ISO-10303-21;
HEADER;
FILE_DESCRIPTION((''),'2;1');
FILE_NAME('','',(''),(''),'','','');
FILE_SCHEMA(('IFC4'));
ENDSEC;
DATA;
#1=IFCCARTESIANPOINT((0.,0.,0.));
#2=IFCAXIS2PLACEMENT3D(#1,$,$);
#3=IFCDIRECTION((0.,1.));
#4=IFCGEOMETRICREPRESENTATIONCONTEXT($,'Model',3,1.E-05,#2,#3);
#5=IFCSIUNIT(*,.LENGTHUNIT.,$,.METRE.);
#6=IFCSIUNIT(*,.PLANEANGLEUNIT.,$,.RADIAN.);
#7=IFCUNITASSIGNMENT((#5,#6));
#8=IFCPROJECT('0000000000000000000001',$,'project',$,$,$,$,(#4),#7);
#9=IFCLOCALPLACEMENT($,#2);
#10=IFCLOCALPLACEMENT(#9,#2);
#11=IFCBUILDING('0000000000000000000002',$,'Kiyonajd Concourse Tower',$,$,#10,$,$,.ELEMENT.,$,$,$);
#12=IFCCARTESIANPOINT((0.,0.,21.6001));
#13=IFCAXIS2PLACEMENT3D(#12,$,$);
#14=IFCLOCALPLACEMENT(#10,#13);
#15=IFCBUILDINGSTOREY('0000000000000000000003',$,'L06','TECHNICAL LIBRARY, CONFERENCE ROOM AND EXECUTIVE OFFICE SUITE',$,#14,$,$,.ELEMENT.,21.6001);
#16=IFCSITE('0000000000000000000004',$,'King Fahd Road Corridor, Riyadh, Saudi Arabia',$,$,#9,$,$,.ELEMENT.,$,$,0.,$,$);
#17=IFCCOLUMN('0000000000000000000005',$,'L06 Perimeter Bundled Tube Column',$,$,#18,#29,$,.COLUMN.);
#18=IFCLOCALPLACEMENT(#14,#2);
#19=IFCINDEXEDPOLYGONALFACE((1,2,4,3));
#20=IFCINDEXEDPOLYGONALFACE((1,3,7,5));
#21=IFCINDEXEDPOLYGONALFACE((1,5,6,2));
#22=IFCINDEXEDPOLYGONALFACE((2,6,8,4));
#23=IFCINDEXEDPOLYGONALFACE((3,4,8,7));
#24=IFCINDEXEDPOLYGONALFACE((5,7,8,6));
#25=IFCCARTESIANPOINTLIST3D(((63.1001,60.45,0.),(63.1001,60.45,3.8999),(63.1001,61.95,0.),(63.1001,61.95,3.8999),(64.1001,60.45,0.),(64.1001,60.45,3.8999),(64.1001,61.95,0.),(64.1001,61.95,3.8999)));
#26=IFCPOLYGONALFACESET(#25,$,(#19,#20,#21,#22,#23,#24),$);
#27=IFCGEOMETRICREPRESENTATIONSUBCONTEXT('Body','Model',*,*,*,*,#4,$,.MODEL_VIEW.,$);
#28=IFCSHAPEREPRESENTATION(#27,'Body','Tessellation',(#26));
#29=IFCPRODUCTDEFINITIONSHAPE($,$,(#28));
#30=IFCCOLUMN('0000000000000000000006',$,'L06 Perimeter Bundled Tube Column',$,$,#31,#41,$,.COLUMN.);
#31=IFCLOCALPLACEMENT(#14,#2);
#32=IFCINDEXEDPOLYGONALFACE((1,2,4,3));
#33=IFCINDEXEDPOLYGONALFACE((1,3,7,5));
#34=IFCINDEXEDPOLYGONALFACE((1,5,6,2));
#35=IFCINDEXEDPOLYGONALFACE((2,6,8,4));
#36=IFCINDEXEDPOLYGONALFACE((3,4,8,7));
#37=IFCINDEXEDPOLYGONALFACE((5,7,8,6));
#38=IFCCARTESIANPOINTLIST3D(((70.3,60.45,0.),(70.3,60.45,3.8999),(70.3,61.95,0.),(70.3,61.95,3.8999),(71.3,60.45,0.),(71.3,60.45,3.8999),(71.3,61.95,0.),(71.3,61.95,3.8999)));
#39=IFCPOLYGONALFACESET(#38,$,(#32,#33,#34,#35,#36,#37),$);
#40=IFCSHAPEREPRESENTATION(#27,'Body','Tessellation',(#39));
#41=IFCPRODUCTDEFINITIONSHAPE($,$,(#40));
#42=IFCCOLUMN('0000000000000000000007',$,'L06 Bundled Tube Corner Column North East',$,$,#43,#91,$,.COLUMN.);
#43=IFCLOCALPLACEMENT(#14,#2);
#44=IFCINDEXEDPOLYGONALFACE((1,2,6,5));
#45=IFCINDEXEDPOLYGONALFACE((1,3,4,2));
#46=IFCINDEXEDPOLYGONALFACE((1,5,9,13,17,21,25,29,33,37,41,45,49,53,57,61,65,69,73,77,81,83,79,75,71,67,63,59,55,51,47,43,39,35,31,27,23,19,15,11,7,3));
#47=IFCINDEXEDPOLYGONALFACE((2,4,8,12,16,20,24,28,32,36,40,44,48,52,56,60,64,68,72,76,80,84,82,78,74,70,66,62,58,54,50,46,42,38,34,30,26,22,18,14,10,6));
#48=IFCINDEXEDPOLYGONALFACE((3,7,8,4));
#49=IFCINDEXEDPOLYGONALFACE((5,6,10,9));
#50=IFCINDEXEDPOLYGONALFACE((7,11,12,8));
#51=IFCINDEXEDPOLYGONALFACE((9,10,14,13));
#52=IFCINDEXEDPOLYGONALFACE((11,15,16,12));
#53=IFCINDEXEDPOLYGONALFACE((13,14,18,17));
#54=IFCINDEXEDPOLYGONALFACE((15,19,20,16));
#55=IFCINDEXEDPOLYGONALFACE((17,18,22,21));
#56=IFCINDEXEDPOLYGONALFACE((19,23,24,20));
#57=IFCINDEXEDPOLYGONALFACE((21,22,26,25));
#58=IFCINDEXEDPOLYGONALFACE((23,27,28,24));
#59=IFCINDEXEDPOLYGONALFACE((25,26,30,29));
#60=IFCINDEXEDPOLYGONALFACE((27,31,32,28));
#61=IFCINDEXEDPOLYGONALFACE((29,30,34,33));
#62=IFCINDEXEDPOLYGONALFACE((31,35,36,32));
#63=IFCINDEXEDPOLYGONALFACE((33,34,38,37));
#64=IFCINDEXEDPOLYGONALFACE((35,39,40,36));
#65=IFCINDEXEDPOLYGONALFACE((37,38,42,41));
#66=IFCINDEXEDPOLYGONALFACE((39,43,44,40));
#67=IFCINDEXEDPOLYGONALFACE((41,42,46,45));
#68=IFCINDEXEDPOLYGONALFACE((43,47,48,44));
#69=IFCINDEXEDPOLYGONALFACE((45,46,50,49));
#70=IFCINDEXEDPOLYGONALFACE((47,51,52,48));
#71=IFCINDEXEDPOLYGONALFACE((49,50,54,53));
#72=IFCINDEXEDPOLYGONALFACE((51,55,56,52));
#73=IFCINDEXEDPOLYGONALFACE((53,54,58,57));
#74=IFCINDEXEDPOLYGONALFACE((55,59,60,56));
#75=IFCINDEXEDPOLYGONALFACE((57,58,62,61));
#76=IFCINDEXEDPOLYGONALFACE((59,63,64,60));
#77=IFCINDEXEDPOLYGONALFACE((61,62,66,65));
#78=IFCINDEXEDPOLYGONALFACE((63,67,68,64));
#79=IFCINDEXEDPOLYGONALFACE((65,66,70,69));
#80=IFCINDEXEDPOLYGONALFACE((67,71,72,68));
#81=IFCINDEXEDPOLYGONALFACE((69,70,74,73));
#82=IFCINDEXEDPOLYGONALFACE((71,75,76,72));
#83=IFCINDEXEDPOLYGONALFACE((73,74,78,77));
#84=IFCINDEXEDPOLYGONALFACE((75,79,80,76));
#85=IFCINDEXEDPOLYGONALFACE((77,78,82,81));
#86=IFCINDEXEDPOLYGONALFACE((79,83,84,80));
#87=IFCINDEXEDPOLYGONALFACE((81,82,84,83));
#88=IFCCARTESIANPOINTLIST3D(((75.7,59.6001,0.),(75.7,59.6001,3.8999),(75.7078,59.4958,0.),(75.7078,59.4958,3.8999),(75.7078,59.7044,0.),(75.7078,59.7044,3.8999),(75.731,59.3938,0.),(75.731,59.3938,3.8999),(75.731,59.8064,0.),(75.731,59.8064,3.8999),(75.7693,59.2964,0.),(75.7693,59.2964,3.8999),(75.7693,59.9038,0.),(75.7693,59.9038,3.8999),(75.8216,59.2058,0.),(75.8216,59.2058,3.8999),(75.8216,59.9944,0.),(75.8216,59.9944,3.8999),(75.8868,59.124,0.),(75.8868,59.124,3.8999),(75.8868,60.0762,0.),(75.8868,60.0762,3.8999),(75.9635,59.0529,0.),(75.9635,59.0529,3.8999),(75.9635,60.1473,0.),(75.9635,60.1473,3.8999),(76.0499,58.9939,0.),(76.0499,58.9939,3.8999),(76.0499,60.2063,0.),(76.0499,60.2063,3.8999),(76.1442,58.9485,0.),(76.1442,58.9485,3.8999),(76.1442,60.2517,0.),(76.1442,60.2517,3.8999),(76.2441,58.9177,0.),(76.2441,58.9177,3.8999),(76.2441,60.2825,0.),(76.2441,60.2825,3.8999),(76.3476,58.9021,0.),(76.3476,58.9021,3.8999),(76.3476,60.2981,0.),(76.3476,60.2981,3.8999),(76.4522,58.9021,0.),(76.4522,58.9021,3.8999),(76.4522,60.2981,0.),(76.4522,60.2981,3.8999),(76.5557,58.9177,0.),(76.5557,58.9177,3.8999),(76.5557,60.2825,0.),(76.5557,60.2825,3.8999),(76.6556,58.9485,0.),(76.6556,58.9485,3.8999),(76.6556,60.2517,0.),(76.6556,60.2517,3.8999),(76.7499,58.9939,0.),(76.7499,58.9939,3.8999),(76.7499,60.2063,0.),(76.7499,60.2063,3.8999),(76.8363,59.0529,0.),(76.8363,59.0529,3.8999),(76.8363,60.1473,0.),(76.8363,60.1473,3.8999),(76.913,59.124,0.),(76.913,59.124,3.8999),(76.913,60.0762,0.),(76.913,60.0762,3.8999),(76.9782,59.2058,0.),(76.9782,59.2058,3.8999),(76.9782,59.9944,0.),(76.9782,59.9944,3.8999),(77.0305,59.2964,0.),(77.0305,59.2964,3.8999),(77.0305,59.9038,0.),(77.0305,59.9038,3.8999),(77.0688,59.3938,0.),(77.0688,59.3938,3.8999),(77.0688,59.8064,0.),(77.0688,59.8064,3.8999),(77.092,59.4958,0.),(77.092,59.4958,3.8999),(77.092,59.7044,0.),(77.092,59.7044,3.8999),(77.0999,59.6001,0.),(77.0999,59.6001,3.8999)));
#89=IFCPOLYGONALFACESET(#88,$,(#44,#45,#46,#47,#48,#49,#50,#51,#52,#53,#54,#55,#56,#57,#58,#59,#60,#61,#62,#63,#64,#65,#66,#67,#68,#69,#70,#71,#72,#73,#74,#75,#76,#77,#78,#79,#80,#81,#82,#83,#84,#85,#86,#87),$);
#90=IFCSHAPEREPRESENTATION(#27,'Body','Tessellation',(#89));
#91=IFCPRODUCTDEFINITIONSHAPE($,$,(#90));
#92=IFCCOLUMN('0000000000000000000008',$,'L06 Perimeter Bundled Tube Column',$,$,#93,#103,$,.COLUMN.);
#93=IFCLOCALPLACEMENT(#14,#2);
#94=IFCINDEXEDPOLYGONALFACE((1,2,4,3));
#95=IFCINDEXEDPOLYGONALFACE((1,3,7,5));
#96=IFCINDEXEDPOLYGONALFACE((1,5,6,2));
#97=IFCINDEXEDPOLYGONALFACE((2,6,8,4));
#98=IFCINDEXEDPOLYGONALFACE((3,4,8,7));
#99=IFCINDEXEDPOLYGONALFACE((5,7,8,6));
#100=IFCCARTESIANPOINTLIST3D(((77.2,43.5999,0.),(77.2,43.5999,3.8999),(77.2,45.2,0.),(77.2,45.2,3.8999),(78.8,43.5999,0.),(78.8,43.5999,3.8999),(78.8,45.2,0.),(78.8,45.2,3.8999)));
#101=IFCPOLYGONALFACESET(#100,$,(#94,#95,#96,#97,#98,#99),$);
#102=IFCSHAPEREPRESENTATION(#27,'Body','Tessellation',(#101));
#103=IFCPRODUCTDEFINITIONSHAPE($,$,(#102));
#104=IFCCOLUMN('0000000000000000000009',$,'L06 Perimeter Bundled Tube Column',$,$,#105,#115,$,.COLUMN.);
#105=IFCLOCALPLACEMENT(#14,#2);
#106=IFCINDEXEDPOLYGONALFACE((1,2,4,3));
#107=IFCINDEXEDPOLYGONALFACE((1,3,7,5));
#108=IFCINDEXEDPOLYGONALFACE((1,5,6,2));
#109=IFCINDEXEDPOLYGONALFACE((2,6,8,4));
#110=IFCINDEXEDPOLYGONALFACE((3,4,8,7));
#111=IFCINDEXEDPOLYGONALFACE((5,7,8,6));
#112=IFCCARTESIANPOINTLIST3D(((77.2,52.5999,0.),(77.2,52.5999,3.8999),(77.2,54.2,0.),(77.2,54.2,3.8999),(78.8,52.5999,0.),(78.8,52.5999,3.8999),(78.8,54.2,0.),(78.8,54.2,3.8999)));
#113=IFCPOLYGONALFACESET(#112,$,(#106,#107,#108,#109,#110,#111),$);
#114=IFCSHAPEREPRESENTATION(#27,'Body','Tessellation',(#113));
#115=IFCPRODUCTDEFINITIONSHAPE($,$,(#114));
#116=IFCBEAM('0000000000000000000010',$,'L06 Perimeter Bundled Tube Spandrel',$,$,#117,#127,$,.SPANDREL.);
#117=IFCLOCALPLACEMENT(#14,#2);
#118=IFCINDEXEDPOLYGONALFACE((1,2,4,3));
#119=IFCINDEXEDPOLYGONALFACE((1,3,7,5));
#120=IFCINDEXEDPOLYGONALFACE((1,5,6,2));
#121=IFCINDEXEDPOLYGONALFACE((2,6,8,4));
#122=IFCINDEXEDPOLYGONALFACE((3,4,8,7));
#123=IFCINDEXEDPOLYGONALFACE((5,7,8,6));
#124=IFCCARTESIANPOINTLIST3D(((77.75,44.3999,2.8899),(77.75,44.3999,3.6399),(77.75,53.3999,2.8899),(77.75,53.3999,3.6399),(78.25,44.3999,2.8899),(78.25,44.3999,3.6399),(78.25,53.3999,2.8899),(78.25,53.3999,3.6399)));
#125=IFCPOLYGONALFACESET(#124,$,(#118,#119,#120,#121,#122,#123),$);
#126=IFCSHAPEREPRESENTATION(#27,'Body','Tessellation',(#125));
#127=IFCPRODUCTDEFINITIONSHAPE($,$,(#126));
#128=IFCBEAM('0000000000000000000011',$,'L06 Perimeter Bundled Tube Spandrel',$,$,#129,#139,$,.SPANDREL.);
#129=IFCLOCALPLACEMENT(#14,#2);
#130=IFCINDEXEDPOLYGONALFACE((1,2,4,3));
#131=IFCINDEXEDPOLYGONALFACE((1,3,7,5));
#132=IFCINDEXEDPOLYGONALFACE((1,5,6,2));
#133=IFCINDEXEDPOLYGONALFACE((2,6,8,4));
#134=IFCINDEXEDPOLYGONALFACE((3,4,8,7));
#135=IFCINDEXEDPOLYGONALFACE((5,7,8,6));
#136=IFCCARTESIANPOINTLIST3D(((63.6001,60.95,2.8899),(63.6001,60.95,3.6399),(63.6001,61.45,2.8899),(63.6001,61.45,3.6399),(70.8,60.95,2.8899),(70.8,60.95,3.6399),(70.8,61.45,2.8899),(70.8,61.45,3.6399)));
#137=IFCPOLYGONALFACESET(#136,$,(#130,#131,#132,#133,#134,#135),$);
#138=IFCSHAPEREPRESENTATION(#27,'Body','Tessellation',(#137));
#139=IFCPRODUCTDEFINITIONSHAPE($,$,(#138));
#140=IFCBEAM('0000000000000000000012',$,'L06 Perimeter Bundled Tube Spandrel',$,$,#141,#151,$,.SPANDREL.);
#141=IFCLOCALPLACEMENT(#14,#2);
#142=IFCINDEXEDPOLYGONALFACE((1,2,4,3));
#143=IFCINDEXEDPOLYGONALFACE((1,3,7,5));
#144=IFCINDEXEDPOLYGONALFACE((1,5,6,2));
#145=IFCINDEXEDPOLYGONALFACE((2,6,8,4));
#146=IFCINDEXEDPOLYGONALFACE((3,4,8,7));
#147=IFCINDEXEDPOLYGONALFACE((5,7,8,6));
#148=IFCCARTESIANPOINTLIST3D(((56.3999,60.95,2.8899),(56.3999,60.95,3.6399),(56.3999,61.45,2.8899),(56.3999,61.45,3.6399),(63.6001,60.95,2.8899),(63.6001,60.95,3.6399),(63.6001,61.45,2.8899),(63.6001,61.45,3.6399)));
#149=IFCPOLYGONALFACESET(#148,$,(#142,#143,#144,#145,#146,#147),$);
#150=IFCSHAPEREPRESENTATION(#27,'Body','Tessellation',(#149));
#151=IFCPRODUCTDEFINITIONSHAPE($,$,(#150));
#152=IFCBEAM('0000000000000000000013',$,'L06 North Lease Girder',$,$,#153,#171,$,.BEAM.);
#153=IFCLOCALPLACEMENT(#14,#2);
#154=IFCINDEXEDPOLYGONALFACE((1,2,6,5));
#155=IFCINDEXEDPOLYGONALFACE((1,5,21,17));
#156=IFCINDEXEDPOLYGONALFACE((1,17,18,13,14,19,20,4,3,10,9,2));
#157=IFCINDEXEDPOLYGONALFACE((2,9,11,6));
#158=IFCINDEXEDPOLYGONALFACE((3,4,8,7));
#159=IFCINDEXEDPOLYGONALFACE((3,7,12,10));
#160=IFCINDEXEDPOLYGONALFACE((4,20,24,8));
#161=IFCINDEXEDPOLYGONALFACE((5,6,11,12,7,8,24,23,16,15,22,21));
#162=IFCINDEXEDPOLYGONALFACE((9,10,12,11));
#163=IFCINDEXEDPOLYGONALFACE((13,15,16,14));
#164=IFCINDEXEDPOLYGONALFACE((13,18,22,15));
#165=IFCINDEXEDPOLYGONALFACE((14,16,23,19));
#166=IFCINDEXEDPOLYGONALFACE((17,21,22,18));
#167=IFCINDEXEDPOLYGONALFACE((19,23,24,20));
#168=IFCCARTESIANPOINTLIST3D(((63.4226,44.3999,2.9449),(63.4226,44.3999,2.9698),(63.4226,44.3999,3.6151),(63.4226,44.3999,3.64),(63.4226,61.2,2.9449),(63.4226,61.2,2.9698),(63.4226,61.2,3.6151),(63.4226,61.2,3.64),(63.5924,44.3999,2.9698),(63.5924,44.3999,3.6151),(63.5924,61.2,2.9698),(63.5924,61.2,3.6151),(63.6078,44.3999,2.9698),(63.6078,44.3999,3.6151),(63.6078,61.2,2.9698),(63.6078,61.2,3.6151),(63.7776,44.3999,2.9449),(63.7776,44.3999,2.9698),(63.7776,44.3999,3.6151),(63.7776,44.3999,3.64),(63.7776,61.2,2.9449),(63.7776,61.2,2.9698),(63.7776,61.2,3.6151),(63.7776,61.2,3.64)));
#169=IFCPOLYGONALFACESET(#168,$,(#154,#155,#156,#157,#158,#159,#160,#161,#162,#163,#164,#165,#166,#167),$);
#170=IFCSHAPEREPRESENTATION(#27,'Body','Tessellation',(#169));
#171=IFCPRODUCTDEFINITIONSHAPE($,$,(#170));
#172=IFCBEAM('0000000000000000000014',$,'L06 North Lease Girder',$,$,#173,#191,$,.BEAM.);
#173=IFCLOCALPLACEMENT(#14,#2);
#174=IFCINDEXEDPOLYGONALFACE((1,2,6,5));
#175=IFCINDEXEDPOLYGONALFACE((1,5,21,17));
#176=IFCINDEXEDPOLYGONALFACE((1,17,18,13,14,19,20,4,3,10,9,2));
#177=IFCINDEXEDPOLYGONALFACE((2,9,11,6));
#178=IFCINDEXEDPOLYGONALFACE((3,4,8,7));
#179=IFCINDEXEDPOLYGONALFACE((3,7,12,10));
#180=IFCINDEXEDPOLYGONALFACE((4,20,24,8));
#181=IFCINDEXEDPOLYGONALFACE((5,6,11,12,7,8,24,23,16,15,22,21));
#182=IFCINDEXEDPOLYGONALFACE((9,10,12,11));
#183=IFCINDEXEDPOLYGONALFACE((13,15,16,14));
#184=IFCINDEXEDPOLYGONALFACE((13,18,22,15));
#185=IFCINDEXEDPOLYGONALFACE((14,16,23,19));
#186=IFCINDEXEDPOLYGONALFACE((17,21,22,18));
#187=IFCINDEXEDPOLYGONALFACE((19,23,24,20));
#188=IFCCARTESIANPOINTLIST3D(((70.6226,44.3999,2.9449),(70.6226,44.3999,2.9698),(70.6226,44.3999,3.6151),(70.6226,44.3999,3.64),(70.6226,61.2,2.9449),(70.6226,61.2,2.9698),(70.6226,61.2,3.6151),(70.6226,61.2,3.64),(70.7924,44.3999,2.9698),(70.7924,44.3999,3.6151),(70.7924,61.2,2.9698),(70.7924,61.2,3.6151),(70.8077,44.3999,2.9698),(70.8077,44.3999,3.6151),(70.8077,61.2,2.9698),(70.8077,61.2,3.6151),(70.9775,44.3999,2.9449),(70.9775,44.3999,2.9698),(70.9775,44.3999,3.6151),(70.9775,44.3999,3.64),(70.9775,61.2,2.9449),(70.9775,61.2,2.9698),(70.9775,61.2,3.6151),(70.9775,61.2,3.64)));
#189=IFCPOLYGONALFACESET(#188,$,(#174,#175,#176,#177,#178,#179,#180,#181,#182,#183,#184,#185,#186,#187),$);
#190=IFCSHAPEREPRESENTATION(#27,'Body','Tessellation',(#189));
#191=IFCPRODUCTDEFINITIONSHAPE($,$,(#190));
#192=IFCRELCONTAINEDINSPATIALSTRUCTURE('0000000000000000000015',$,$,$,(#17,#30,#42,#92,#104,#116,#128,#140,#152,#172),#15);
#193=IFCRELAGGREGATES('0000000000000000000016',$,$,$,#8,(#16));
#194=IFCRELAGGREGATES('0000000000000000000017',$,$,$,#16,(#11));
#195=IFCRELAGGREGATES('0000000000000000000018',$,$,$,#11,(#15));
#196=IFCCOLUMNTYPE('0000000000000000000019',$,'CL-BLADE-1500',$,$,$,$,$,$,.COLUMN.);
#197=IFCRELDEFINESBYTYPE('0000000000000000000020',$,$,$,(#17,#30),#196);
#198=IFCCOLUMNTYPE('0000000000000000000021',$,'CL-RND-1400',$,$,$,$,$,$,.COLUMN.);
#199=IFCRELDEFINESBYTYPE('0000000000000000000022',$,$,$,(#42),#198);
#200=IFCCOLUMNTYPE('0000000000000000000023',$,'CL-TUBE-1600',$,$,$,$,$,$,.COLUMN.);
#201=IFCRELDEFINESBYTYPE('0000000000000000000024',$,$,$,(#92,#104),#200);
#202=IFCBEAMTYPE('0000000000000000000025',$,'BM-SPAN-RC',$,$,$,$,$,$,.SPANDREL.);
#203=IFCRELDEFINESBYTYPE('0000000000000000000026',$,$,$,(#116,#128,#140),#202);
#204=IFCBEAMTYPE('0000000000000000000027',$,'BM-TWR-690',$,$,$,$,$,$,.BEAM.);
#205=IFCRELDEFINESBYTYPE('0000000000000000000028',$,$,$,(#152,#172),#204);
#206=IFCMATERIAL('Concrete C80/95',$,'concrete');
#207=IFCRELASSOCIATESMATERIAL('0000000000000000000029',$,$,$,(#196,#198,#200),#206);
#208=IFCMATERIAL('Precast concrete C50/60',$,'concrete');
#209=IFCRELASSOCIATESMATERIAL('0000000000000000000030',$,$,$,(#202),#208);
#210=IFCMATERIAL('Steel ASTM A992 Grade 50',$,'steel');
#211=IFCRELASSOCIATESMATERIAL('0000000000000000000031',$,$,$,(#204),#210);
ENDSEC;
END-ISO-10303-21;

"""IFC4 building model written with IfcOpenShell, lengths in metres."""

from ifc_helpers import new_model, si_unit, direction, frame, origin, origin_2d, place, context, subcontext, project, spatial, rectangle, circle, i_section, extrude, material, material_profile, profile_set, type_object, element, save


model = new_model("IFC4")

# Units and contexts
model_context = context("Model", 3, precision=1e-05, world=origin(), true_north=direction((0.0, 1.0)))
body_context = subcontext(model_context, "Body", "Model", "MODEL_VIEW")
ifc_project = project(units=[si_unit("LENGTHUNIT", "METRE"), si_unit("PLANEANGLEUNIT", "RADIAN")], contexts=[model_context])

# Site, building, storey
site_placement = place(None, origin())
site = spatial("IfcSite", under=ifc_project, at=site_placement, Name="King Fahd Road Corridor, Riyadh, Saudi Arabia", CompositionType="ELEMENT", RefElevation=0.0)
building_placement = place(site_placement, origin())
building = spatial("IfcBuilding", under=site, at=building_placement, Name="Kiyonajd Concourse Tower", CompositionType="ELEMENT")
storey_placement = place(building_placement, frame((0.0, 0.0, 21.6001)))
storey = spatial("IfcBuildingStorey", under=building, at=storey_placement, Name="L06", Description="TECHNICAL LIBRARY, CONFERENCE ROOM AND EXECUTIVE OFFICE SUITE", CompositionType="ELEMENT", Elevation=21.6001)

# Columns
ifc_material_1 = material(Name="Concrete C80/95", Category="concrete")
ifc_material_profile_1 = material_profile(ifc_material_1, rectangle(XDim=1.0, YDim=1.5, at=origin_2d()), Name="RC-1500x1000")
ifc_profile_set_1 = profile_set([ifc_material_profile_1], Name="Concrete C80/95")
column_type_1 = type_object("IfcColumnType", Name="CL-BLADE-1500", PredefinedType="COLUMN", material=ifc_profile_set_1)
for number, where, z_axis, x_axis, name in (
    (1, (63.6001, 61.2, 0.0), (0.0, 0.0, 1.0), (1.0, 0.0, 0.0), "L06 Perimeter Bundled Tube Column"),
    (2, (70.8, 61.2, 0.0), (0.0, 0.0, 1.0), (1.0, 0.0, 0.0), "L06 Perimeter Bundled Tube Column"),
):
    element("IfcColumn", number, at=place(storey_placement, frame(where, z_axis=z_axis, x_axis=x_axis)), inside=storey, type_object=column_type_1, Name=name, PredefinedType="COLUMN", context=body_context, shape_type="SweptSolid", body=[
        extrude(rectangle(XDim=1.0, YDim=1.5, at=origin_2d()), origin(), (0.0, 0.0, 1.0), 3.8999),
    ])
ifc_material_profile_2 = material_profile(ifc_material_1, circle(Radius=0.7, at=origin_2d()), Name="RCC-D1400")
ifc_profile_set_2 = profile_set([ifc_material_profile_2], Name="Concrete C80/95")
column_type_2 = type_object("IfcColumnType", Name="CL-RND-1400", PredefinedType="COLUMN", material=ifc_profile_set_2)
column_placement = place(storey_placement, frame((76.3999, 59.6001, 0.0), z_axis=(0.0, 0.0, 1.0), x_axis=(1.0, 0.0, 0.0)))
element("IfcColumn", 3, at=column_placement, inside=storey, type_object=column_type_2, Name="L06 Bundled Tube Corner Column North East", PredefinedType="COLUMN", context=body_context, shape_type="SweptSolid", body=[
    extrude(circle(Radius=0.7, at=origin_2d()), origin(), (0.0, 0.0, 1.0), 3.8999),
])
ifc_material_profile_3 = material_profile(ifc_material_1, rectangle(XDim=1.6001, YDim=1.6001, at=origin_2d()), Name="RC-1600x1600")
ifc_profile_set_3 = profile_set([ifc_material_profile_3], Name="Concrete C80/95")
column_type_3 = type_object("IfcColumnType", Name="CL-TUBE-1600", PredefinedType="COLUMN", material=ifc_profile_set_3)
for number, where, z_axis, x_axis, name in (
    (4, (78.0, 44.3999, 0.0), (0.0, 0.0, 1.0), (1.0, 0.0, 0.0), "L06 Perimeter Bundled Tube Column"),
    (5, (78.0, 53.3999, 0.0), (0.0, 0.0, 1.0), (1.0, 0.0, 0.0), "L06 Perimeter Bundled Tube Column"),
):
    element("IfcColumn", number, at=place(storey_placement, frame(where, z_axis=z_axis, x_axis=x_axis)), inside=storey, type_object=column_type_3, Name=name, PredefinedType="COLUMN", context=body_context, shape_type="SweptSolid", body=[
        extrude(rectangle(XDim=1.6001, YDim=1.6001, at=origin_2d()), origin(), (0.0, 0.0, 1.0), 3.8999),
    ])

# Beams
ifc_material_2 = material(Name="Precast concrete C50/60", Category="concrete")
ifc_material_profile_4 = material_profile(ifc_material_2, rectangle(XDim=0.5, YDim=0.75, at=origin_2d()), Name="RCBM-500x750")
ifc_profile_set_4 = profile_set([ifc_material_profile_4], Name="Precast concrete C50/60")
beam_type_1 = type_object("IfcBeamType", Name="BM-SPAN-RC", PredefinedType="SPANDREL", material=ifc_profile_set_4)
beam_1_placement = place(storey_placement, frame((78.0, 44.3999, 3.2649), z_axis=(0.0, 1.0, 0.0), x_axis=(-1.0, 0.0, 0.0)))
element("IfcBeam", 6, at=beam_1_placement, inside=storey, type_object=beam_type_1, Name="L06 Perimeter Bundled Tube Spandrel", PredefinedType="SPANDREL", context=body_context, shape_type="SweptSolid", body=[
    extrude(rectangle(XDim=0.5, YDim=0.75, at=origin_2d()), origin(), (0.0, 0.0, 1.0), 9.0),
])
beam_2_placement = place(storey_placement, frame((70.8, 61.2, 3.2649), z_axis=(-1.0, 0.0, 0.0), x_axis=(0.0, -1.0, 0.0)))
element("IfcBeam", 7, at=beam_2_placement, inside=storey, type_object=beam_type_1, Name="L06 Perimeter Bundled Tube Spandrel", PredefinedType="SPANDREL", context=body_context, shape_type="SweptSolid", body=[
    extrude(rectangle(XDim=0.5, YDim=0.75, at=origin_2d()), origin(), (0.0, 0.0, 1.0), 7.2),
])
beam_3_placement = place(storey_placement, frame((63.6001, 61.2, 3.2649), z_axis=(-1.0, 0.0, 0.0), x_axis=(0.0, -1.0, 0.0)))
element("IfcBeam", 8, at=beam_3_placement, inside=storey, type_object=beam_type_1, Name="L06 Perimeter Bundled Tube Spandrel", PredefinedType="SPANDREL", context=body_context, shape_type="SweptSolid", body=[
    extrude(rectangle(XDim=0.5, YDim=0.75, at=origin_2d()), origin(), (0.0, 0.0, 1.0), 7.2002),
])
ifc_material_3 = material(Name="Steel ASTM A992 Grade 50", Category="steel")
ifc_material_profile_5 = material_profile(ifc_material_3, i_section(OverallWidth=0.355, OverallDepth=0.6951, WebThickness=0.0154, FlangeThickness=0.0249, at=origin_2d()), Name="W690X217")
ifc_profile_set_5 = profile_set([ifc_material_profile_5], Name="Steel ASTM A992 Grade 50")
beam_type_2 = type_object("IfcBeamType", Name="BM-TWR-690", PredefinedType="BEAM", material=ifc_profile_set_5)
for number, where, z_axis, x_axis, name in (
    (9, (63.6001, 44.3999, 3.2925), (0.0, 1.0, 0.0), (-1.0, 0.0, 0.0), "L06 North Lease Girder"),
    (10, (70.8, 44.3999, 3.2925), (0.0, 1.0, 0.0), (-1.0, 0.0, 0.0), "L06 North Lease Girder"),
):
    element("IfcBeam", number, at=place(storey_placement, frame(where, z_axis=z_axis, x_axis=x_axis)), inside=storey, type_object=beam_type_2, Name=name, PredefinedType="BEAM", context=body_context, shape_type="SweptSolid", body=[
        extrude(i_section(OverallWidth=0.355, OverallDepth=0.6951, WebThickness=0.0154, FlangeThickness=0.0249, at=origin_2d()), origin(), (0.0, 0.0, 1.0), 16.8),
    ])

save(model, "model.ifc")
